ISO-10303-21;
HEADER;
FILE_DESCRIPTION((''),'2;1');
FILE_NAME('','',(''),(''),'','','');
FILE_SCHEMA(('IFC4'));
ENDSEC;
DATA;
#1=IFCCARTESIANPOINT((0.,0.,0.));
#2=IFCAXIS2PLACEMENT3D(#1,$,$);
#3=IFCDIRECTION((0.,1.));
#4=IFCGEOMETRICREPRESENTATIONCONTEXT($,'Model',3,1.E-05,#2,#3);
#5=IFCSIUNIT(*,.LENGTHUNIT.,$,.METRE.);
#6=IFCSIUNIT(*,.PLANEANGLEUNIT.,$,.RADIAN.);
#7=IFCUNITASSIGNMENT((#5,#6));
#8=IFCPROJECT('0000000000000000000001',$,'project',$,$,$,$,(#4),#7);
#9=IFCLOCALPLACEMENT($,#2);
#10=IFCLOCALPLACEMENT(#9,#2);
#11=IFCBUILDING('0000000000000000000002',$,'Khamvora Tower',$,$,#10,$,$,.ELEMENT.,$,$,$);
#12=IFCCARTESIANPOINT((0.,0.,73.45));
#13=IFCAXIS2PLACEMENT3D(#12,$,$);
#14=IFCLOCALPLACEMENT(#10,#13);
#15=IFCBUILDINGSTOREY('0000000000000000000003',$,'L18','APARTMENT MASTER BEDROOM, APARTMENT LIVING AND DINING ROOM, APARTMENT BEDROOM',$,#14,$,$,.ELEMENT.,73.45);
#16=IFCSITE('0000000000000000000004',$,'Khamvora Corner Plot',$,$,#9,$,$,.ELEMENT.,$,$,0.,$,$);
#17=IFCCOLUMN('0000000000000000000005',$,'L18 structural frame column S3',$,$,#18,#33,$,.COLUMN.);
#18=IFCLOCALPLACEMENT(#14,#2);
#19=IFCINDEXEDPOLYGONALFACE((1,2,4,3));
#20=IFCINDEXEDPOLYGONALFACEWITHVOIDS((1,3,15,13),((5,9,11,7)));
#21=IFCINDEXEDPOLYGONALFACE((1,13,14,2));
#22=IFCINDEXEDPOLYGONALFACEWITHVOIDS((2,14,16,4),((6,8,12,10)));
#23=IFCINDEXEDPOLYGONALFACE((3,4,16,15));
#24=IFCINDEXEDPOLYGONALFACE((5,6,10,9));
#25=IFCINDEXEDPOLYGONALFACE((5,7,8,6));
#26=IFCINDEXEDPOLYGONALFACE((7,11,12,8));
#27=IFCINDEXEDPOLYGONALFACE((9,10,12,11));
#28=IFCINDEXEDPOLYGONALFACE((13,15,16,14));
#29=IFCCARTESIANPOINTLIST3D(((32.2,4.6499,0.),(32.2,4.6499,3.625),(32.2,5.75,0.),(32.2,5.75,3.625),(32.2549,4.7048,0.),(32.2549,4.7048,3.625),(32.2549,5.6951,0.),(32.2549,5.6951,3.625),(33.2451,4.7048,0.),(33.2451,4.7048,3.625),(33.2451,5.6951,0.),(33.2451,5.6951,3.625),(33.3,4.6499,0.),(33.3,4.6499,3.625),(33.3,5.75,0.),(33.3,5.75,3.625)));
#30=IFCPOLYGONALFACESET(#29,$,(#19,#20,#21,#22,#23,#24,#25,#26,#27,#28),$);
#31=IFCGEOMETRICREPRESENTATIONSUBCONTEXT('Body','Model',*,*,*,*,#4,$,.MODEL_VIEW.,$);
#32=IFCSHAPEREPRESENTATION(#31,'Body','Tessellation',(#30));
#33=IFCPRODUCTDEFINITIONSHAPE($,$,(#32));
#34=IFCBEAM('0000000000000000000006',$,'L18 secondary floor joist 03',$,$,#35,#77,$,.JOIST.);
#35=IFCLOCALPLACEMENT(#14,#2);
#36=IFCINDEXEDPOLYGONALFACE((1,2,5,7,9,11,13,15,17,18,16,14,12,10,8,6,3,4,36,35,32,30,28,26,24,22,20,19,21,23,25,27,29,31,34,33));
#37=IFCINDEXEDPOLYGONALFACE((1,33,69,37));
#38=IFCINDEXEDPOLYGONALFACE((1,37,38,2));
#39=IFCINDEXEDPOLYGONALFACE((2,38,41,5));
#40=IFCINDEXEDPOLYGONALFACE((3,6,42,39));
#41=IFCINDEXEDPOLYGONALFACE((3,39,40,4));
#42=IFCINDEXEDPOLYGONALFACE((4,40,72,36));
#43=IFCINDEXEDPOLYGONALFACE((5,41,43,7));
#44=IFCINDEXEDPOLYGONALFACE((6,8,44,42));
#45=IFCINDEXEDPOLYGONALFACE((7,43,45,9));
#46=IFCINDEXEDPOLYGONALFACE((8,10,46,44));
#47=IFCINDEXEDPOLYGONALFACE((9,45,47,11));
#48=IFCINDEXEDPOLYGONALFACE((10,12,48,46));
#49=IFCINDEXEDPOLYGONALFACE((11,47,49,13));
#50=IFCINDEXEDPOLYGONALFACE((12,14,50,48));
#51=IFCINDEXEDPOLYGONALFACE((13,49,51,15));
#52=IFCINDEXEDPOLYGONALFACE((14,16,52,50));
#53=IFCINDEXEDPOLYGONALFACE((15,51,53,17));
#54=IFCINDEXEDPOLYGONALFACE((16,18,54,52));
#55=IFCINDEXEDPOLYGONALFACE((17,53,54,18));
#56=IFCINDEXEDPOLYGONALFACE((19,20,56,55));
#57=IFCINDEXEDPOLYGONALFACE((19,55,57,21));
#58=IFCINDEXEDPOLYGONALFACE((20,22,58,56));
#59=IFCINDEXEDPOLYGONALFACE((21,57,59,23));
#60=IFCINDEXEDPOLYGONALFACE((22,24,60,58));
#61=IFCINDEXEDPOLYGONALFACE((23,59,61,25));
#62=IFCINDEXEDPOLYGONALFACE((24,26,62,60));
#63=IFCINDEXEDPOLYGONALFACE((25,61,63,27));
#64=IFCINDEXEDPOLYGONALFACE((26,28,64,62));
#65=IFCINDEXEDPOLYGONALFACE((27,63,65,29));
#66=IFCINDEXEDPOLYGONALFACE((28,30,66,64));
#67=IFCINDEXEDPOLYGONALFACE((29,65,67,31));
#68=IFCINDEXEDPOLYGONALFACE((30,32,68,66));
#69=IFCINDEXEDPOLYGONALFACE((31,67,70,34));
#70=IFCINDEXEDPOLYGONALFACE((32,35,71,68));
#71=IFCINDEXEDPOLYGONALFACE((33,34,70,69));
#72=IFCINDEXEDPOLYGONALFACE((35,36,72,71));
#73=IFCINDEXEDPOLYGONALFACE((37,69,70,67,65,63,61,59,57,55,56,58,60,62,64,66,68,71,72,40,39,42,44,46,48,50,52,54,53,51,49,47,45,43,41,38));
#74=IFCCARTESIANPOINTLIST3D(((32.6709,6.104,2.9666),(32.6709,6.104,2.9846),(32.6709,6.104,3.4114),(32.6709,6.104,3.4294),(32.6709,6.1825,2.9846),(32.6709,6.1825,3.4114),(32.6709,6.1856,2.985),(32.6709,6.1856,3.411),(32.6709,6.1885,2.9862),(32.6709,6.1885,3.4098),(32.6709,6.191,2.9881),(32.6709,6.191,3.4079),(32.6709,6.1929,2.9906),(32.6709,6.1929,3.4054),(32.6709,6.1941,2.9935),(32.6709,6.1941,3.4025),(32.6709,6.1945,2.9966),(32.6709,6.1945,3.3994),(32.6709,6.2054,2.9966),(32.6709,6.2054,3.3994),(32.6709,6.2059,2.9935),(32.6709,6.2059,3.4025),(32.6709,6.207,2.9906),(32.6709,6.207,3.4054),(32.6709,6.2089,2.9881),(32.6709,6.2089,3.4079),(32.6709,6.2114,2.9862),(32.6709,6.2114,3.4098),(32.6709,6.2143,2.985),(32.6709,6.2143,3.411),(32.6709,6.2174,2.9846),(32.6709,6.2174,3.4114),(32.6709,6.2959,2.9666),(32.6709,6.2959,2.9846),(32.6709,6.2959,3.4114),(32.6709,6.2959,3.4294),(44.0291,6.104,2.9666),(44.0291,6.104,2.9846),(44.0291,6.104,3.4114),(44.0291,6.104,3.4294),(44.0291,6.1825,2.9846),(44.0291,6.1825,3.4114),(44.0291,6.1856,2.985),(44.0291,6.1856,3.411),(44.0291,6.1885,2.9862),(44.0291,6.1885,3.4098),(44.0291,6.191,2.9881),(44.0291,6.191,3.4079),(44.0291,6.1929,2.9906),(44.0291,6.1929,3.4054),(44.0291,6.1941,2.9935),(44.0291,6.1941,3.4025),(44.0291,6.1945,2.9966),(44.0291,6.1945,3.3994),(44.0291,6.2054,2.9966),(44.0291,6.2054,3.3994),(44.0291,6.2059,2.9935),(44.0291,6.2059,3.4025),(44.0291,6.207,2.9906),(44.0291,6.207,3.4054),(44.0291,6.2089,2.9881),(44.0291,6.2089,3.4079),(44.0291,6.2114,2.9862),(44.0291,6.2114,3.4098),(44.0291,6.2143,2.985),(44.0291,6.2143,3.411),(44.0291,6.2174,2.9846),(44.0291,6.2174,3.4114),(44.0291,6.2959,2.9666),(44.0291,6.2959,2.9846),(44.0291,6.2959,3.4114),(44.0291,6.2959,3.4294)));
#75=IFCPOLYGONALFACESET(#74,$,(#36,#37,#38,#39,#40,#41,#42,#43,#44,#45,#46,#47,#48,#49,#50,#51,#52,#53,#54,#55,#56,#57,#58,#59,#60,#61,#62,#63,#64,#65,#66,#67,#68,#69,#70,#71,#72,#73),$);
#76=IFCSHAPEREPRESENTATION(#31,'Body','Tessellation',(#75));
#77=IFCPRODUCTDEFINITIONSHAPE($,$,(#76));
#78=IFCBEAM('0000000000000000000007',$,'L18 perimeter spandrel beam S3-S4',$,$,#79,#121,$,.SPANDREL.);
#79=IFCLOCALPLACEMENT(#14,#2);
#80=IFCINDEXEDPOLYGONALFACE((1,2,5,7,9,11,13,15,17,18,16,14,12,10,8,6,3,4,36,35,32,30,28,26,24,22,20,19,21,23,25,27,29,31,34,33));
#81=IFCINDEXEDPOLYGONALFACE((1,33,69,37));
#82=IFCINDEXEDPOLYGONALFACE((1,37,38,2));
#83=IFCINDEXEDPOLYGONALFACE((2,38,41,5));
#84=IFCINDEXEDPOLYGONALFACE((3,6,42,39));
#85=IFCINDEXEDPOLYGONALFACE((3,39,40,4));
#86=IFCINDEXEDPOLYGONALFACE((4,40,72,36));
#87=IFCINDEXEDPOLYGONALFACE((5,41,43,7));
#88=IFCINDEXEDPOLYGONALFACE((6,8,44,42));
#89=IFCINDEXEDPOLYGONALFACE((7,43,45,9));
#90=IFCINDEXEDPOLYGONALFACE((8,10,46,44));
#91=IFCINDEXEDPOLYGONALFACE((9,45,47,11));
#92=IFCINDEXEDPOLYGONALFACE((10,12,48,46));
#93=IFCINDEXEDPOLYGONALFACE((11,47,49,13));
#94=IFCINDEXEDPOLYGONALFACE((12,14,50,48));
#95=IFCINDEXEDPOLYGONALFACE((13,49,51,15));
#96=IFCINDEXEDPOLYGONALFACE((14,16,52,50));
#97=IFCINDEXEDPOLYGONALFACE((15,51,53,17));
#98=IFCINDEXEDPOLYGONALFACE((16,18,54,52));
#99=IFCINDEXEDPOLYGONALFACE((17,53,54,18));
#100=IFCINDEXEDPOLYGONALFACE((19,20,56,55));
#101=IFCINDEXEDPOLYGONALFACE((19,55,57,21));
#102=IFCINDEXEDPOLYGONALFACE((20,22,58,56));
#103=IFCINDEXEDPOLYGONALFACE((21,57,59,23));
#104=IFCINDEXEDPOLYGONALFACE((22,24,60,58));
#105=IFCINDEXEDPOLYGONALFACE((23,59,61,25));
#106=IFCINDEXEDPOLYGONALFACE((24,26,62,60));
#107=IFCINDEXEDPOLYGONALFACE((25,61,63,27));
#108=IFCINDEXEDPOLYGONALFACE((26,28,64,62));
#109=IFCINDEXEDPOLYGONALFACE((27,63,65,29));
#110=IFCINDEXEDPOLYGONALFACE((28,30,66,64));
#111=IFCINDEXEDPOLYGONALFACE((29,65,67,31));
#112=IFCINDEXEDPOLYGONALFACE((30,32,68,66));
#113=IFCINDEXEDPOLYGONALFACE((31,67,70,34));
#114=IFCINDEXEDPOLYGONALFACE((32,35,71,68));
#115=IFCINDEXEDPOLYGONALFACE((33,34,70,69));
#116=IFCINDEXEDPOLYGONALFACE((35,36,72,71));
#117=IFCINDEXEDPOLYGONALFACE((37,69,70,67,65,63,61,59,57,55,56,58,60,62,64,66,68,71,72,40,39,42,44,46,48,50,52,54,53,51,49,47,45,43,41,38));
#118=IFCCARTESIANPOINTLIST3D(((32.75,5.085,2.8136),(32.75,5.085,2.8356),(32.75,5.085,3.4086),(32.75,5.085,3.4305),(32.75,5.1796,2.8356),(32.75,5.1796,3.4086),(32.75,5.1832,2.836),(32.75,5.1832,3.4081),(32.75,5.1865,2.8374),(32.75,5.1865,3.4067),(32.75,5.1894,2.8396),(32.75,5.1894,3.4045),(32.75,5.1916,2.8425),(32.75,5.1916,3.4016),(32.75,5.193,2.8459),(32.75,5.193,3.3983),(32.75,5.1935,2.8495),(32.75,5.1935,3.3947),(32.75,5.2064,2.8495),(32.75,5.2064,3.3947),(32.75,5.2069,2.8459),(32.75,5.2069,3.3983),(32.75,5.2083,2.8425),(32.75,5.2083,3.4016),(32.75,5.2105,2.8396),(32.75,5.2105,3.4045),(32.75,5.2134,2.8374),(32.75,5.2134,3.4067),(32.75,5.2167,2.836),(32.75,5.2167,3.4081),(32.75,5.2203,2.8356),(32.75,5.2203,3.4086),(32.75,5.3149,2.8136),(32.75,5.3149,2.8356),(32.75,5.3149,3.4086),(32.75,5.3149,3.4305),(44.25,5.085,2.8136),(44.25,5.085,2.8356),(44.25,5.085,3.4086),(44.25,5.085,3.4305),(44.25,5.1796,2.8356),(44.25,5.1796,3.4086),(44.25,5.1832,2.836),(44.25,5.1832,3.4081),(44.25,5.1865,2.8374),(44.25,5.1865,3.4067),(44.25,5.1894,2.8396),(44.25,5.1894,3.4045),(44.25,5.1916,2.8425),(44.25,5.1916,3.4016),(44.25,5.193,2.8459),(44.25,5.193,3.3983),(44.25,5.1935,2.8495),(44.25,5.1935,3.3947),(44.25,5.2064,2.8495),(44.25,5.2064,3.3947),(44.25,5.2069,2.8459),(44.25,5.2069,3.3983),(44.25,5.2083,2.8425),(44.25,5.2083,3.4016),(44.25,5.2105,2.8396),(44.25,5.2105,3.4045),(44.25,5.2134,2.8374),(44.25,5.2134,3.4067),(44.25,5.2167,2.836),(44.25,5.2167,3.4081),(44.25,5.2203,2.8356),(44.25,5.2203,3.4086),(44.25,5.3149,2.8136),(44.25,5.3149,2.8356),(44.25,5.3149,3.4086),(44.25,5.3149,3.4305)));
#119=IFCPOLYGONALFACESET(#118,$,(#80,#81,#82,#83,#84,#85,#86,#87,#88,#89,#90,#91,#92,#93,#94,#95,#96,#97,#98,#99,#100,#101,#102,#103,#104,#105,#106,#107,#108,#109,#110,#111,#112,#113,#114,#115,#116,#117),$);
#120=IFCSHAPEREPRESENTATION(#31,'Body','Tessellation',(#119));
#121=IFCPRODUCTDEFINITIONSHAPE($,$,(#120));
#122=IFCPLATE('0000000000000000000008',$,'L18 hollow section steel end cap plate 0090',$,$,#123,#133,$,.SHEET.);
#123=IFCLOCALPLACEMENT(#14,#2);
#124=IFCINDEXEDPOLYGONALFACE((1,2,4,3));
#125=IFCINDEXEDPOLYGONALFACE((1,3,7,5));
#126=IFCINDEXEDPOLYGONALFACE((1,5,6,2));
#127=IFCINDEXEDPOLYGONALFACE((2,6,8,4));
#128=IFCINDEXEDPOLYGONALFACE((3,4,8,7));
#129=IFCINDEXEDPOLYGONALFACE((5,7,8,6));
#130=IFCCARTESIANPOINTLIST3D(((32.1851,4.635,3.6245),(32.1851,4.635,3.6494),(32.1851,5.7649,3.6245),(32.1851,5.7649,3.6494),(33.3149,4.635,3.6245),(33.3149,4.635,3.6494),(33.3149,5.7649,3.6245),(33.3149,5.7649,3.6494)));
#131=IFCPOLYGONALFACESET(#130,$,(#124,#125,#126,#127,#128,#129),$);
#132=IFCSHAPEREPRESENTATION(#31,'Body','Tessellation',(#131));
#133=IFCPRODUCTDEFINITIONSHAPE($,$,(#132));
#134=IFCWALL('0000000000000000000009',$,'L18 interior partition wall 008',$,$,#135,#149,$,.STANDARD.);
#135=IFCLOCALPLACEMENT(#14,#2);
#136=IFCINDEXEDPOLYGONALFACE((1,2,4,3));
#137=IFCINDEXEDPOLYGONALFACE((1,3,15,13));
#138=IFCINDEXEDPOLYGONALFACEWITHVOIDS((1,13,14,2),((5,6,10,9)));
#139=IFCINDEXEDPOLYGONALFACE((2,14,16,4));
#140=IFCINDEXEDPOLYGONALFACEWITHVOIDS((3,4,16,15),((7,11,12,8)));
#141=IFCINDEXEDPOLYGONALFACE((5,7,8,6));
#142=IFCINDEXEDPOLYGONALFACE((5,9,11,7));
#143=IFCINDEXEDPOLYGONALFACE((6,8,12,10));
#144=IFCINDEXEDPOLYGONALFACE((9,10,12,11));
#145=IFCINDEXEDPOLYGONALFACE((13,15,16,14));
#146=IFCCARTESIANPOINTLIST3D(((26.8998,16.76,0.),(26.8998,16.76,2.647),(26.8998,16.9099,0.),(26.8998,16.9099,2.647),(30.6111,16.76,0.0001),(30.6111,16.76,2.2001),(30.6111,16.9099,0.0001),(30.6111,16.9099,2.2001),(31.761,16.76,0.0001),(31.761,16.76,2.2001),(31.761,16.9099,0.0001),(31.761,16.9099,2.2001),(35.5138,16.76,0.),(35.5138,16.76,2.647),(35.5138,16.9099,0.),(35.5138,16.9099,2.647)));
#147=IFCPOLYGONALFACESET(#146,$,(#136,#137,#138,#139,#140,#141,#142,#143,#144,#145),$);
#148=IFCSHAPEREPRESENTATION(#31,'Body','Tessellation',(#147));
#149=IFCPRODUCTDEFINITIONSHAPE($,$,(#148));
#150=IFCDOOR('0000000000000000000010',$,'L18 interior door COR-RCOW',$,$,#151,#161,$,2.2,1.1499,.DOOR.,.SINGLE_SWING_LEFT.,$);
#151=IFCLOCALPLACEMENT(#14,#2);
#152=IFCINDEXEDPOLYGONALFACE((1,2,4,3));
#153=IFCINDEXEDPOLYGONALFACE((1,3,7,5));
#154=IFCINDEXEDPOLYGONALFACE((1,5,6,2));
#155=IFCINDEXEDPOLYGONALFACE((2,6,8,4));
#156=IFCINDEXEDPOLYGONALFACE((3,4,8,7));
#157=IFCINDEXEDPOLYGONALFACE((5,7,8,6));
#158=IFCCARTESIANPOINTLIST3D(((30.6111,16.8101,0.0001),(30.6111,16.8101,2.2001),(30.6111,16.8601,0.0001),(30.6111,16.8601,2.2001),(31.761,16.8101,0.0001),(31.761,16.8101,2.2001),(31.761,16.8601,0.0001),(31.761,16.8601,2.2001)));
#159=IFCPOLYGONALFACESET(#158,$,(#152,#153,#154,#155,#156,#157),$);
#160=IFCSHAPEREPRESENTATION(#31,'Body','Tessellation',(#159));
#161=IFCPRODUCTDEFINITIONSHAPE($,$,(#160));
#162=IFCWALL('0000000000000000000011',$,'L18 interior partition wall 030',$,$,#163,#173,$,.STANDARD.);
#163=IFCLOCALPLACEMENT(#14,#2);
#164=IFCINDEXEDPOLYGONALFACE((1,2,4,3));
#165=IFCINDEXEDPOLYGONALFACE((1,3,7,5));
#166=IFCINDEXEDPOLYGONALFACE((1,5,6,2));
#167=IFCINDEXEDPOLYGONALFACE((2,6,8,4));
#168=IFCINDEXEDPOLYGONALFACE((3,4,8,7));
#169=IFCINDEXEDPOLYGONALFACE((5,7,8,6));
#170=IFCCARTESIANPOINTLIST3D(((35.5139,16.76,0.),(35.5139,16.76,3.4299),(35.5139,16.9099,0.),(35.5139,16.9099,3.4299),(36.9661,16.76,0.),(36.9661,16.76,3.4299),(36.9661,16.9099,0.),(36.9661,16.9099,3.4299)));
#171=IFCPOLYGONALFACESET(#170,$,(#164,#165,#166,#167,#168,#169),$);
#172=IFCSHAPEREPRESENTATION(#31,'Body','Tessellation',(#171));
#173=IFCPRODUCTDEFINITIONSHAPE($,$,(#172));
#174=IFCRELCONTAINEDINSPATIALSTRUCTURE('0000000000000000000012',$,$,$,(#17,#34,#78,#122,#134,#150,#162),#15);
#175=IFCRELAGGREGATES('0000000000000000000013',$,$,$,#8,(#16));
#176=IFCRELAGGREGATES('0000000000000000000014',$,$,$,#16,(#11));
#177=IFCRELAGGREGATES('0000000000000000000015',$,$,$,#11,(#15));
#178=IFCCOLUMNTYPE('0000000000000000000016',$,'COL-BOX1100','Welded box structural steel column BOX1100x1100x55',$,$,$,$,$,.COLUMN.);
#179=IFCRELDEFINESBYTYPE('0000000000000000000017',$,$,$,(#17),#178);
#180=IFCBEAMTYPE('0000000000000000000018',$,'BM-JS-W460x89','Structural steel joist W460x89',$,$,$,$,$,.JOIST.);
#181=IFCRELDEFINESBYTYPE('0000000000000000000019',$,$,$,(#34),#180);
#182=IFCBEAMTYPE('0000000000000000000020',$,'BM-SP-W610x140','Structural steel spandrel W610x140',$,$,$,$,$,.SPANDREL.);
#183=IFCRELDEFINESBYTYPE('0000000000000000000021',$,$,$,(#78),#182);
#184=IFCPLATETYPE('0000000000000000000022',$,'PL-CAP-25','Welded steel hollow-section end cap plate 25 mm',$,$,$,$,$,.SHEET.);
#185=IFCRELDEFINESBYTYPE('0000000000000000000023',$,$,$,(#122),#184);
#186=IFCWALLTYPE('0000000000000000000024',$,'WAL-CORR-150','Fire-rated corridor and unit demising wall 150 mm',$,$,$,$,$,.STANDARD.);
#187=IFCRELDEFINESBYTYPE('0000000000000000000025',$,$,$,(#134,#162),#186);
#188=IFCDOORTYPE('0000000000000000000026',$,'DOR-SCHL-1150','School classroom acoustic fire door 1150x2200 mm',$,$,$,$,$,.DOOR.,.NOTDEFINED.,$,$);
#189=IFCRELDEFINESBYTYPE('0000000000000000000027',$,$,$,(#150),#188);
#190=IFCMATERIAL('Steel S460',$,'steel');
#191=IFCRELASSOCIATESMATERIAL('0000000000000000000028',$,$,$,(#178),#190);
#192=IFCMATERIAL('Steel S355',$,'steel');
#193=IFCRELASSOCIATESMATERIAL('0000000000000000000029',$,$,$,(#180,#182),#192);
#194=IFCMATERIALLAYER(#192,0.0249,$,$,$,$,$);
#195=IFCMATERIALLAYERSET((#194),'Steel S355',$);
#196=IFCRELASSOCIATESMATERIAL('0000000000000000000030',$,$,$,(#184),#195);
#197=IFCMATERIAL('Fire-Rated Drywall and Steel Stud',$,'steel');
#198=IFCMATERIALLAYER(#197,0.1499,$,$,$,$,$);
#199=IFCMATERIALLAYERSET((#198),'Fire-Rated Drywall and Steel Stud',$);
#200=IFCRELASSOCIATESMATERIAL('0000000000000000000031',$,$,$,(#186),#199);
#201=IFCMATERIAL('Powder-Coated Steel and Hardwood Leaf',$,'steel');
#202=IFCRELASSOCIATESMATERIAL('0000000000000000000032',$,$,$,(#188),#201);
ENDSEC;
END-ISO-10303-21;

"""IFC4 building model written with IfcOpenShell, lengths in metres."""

from ifc_helpers import new_model, si_unit, direction, frame, frame_2d, origin, origin_2d, place, context, subcontext, project, spatial, rectangle, hollow_rectangle, i_section, extrude, material, layer, layer_set, material_profile, profile_set, type_object, element, fill, save


model = new_model("IFC4")

# Units and contexts
model_context = context("Model", 3, precision=1e-05, world=origin(), true_north=direction((0.0, 1.0)))
body_context = subcontext(model_context, "Body", "Model", "MODEL_VIEW")
ifc_project = project(units=[si_unit("LENGTHUNIT", "METRE"), si_unit("PLANEANGLEUNIT", "RADIAN")], contexts=[model_context])

# Site, building, storey
site_placement = place(None, origin())
site = spatial("IfcSite", under=ifc_project, at=site_placement, Name="Khamvora Corner Plot", CompositionType="ELEMENT", RefElevation=0.0)
building_placement = place(site_placement, origin())
building = spatial("IfcBuilding", under=site, at=building_placement, Name="Khamvora Tower", CompositionType="ELEMENT")
storey_placement = place(building_placement, frame((0.0, 0.0, 73.45)))
storey = spatial("IfcBuildingStorey", under=building, at=storey_placement, Name="L18", Description="APARTMENT MASTER BEDROOM, APARTMENT LIVING AND DINING ROOM, APARTMENT BEDROOM", CompositionType="ELEMENT", Elevation=73.45)

# Column
ifc_material_1 = material(Name="Steel S460", Category="steel")
ifc_material_profile_1 = material_profile(ifc_material_1, hollow_rectangle(XDim=1.1001, YDim=1.1001, WallThickness=0.0549, at=origin_2d()), Name="BOX1100x1100x55")
ifc_profile_set_1 = profile_set([ifc_material_profile_1], Name="Steel S460")
column_type = type_object("IfcColumnType", Name="COL-BOX1100", Description="Welded box structural steel column BOX1100x1100x55", PredefinedType="COLUMN", material=ifc_profile_set_1)
column_placement = place(storey_placement, frame((32.75, 5.2, 0.0), z_axis=(0.0, 0.0, 1.0), x_axis=(1.0, 0.0, 0.0)))
element("IfcColumn", 1, at=column_placement, inside=storey, type_object=column_type, Name="L18 structural frame column S3", PredefinedType="COLUMN", context=body_context, shape_type="SweptSolid", body=[
    extrude(hollow_rectangle(XDim=1.1001, YDim=1.1001, WallThickness=0.0549, at=origin_2d()), origin(), (0.0, 0.0, 1.0), 3.625),
])

# Beams
ifc_material_2 = material(Name="Steel S355", Category="steel")
ifc_material_profile_2 = material_profile(ifc_material_2, i_section(OverallWidth=0.1919, OverallDepth=0.4629, WebThickness=0.011, FlangeThickness=0.0181, FilletRadius=0.012, at=origin_2d()), Name="W460x89")
ifc_profile_set_2 = profile_set([ifc_material_profile_2], Name="Steel S355")
beam_type_1 = type_object("IfcBeamType", Name="BM-JS-W460x89", Description="Structural steel joist W460x89", PredefinedType="JOIST", material=ifc_profile_set_2)
beam_1_placement = place(storey_placement, frame((32.6709, 6.2, 3.198), z_axis=(1.0, 0.0, 0.0), x_axis=(0.0, 1.0, 0.0)))
element("IfcBeam", 2, at=beam_1_placement, inside=storey, type_object=beam_type_1, Name="L18 secondary floor joist 03", PredefinedType="JOIST", context=body_context, shape_type="SweptSolid", body=[
    extrude(i_section(OverallWidth=0.1919, OverallDepth=0.4629, WebThickness=0.011, FlangeThickness=0.0181, FilletRadius=0.012, at=origin_2d()), origin(), (0.0, 0.0, 1.0), 11.3582),
])
ifc_material_profile_3 = material_profile(ifc_material_2, i_section(OverallWidth=0.23, OverallDepth=0.6169, WebThickness=0.0129, FlangeThickness=0.022, FilletRadius=0.0139, at=origin_2d()), Name="W610x140")
ifc_profile_set_3 = profile_set([ifc_material_profile_3], Name="Steel S355")
beam_type_2 = type_object("IfcBeamType", Name="BM-SP-W610x140", Description="Structural steel spandrel W610x140", PredefinedType="SPANDREL", material=ifc_profile_set_3)
beam_2_placement = place(storey_placement, frame((32.75, 5.2, 3.1221), z_axis=(1.0, 0.0, 0.0), x_axis=(0.0, 1.0, 0.0)))
element("IfcBeam", 3, at=beam_2_placement, inside=storey, type_object=beam_type_2, Name="L18 perimeter spandrel beam S3-S4", PredefinedType="SPANDREL", context=body_context, shape_type="SweptSolid", body=[
    extrude(i_section(OverallWidth=0.23, OverallDepth=0.6169, WebThickness=0.0129, FlangeThickness=0.022, FilletRadius=0.0139, at=origin_2d()), origin(), (0.0, 0.0, 1.0), 11.5),
])

# Plate
ifc_layer_1 = layer(ifc_material_2, 0.0249)
ifc_layer_set_1 = layer_set([ifc_layer_1], Name="Steel S355")
plate_type = type_object("IfcPlateType", Name="PL-CAP-25", Description="Welded steel hollow-section end cap plate 25 mm", PredefinedType="SHEET", material=ifc_layer_set_1)
plate_placement = place(storey_placement, frame((32.75, 5.2, 3.6245), z_axis=(0.0, 0.0, 1.0), x_axis=(1.0, 0.0, 0.0)))
element("IfcPlate", 4, at=plate_placement, inside=storey, type_object=plate_type, Name="L18 hollow section steel end cap plate 0090", PredefinedType="SHEET", context=body_context, shape_type="SweptSolid", body=[
    extrude(rectangle(XDim=1.1299, YDim=1.1299, at=origin_2d()), origin(), (0.0, 0.0, 1.0), 0.0249),
])

# Wall, opening, door
ifc_material_3 = material(Name="Fire-Rated Drywall and Steel Stud", Category="steel")
ifc_layer_2 = layer(ifc_material_3, 0.1499)
ifc_layer_set_2 = layer_set([ifc_layer_2], Name="Fire-Rated Drywall and Steel Stud")
wall_type_1 = type_object("IfcWallType", Name="WAL-CORR-150", Description="Fire-rated corridor and unit demising wall 150 mm", PredefinedType="STANDARD", material=ifc_layer_set_2)
wall_1_placement = place(storey_placement, frame((35.5139, 16.835, 0.0), z_axis=(0.0, 0.0, 1.0), x_axis=(-1.0, 0.0, 0.0)))
wall_1 = element("IfcWall", 5, at=wall_1_placement, inside=storey, type_object=wall_type_1, Name="L18 interior partition wall 008", PredefinedType="STANDARD", context=body_context, shape_type="SweptSolid", body=[
    extrude(rectangle(XDim=8.614, YDim=0.1499, at=frame_2d((4.3071, 0.0))), origin(), (0.0, 0.0, 1.0), 2.647),
])
opening_1_placement = place(wall_1_placement, frame((3.7529, 0.0, 0.0)))
opening_1 = element("IfcOpeningElement", 6, at=opening_1_placement, cuts=wall_1, PredefinedType="OPENING", context=body_context, shape_type="SweptSolid", body=[
    extrude(rectangle(XDim=1.1499, YDim=2.2, at=frame_2d((0.575, 1.1001))), frame((0.0, 0.085, 0.0), z_axis=(0.0, -1.0, 0.0), x_axis=(1.0, 0.0, 0.0)), (0.0, 0.0, 1.0), 0.1699),
])
ifc_material_4 = material(Name="Powder-Coated Steel and Hardwood Leaf", Category="steel")
door_type_1 = type_object("IfcDoorType", Name="DOR-SCHL-1150", Description="School classroom acoustic fire door 1150x2200 mm", OperationType="NOTDEFINED", PredefinedType="DOOR", material=ifc_material_4)
door_1_placement = place(opening_1_placement, origin())
door_1 = element("IfcDoor", 7, at=door_1_placement, inside=storey, type_object=door_type_1, Name="L18 interior door COR-RCOW", OperationType="SINGLE_SWING_LEFT", OverallHeight=2.2, OverallWidth=1.1499, PredefinedType="DOOR", context=body_context, shape_type="SweptSolid", body=[
    extrude(rectangle(XDim=1.1499, YDim=2.2, at=frame_2d((0.575, 1.1001))), frame((0.0, 0.0249, 0.0), z_axis=(0.0, -1.0, 0.0), x_axis=(1.0, 0.0, 0.0)), (0.0, 0.0, 1.0), 0.05),
])
fill(opening_1, door_1)

# Wall
wall_2_placement = place(storey_placement, frame((36.9661, 16.835, 0.0), z_axis=(0.0, 0.0, 1.0), x_axis=(-1.0, 0.0, 0.0)))
element("IfcWall", 8, at=wall_2_placement, inside=storey, type_object=wall_type_1, Name="L18 interior partition wall 030", PredefinedType="STANDARD", context=body_context, shape_type="SweptSolid", body=[
    extrude(rectangle(XDim=1.4521, YDim=0.1499, at=frame_2d((0.7261, 0.0))), origin(), (0.0, 0.0, 1.0), 3.4299),
])

save(model, "model.ifc")
